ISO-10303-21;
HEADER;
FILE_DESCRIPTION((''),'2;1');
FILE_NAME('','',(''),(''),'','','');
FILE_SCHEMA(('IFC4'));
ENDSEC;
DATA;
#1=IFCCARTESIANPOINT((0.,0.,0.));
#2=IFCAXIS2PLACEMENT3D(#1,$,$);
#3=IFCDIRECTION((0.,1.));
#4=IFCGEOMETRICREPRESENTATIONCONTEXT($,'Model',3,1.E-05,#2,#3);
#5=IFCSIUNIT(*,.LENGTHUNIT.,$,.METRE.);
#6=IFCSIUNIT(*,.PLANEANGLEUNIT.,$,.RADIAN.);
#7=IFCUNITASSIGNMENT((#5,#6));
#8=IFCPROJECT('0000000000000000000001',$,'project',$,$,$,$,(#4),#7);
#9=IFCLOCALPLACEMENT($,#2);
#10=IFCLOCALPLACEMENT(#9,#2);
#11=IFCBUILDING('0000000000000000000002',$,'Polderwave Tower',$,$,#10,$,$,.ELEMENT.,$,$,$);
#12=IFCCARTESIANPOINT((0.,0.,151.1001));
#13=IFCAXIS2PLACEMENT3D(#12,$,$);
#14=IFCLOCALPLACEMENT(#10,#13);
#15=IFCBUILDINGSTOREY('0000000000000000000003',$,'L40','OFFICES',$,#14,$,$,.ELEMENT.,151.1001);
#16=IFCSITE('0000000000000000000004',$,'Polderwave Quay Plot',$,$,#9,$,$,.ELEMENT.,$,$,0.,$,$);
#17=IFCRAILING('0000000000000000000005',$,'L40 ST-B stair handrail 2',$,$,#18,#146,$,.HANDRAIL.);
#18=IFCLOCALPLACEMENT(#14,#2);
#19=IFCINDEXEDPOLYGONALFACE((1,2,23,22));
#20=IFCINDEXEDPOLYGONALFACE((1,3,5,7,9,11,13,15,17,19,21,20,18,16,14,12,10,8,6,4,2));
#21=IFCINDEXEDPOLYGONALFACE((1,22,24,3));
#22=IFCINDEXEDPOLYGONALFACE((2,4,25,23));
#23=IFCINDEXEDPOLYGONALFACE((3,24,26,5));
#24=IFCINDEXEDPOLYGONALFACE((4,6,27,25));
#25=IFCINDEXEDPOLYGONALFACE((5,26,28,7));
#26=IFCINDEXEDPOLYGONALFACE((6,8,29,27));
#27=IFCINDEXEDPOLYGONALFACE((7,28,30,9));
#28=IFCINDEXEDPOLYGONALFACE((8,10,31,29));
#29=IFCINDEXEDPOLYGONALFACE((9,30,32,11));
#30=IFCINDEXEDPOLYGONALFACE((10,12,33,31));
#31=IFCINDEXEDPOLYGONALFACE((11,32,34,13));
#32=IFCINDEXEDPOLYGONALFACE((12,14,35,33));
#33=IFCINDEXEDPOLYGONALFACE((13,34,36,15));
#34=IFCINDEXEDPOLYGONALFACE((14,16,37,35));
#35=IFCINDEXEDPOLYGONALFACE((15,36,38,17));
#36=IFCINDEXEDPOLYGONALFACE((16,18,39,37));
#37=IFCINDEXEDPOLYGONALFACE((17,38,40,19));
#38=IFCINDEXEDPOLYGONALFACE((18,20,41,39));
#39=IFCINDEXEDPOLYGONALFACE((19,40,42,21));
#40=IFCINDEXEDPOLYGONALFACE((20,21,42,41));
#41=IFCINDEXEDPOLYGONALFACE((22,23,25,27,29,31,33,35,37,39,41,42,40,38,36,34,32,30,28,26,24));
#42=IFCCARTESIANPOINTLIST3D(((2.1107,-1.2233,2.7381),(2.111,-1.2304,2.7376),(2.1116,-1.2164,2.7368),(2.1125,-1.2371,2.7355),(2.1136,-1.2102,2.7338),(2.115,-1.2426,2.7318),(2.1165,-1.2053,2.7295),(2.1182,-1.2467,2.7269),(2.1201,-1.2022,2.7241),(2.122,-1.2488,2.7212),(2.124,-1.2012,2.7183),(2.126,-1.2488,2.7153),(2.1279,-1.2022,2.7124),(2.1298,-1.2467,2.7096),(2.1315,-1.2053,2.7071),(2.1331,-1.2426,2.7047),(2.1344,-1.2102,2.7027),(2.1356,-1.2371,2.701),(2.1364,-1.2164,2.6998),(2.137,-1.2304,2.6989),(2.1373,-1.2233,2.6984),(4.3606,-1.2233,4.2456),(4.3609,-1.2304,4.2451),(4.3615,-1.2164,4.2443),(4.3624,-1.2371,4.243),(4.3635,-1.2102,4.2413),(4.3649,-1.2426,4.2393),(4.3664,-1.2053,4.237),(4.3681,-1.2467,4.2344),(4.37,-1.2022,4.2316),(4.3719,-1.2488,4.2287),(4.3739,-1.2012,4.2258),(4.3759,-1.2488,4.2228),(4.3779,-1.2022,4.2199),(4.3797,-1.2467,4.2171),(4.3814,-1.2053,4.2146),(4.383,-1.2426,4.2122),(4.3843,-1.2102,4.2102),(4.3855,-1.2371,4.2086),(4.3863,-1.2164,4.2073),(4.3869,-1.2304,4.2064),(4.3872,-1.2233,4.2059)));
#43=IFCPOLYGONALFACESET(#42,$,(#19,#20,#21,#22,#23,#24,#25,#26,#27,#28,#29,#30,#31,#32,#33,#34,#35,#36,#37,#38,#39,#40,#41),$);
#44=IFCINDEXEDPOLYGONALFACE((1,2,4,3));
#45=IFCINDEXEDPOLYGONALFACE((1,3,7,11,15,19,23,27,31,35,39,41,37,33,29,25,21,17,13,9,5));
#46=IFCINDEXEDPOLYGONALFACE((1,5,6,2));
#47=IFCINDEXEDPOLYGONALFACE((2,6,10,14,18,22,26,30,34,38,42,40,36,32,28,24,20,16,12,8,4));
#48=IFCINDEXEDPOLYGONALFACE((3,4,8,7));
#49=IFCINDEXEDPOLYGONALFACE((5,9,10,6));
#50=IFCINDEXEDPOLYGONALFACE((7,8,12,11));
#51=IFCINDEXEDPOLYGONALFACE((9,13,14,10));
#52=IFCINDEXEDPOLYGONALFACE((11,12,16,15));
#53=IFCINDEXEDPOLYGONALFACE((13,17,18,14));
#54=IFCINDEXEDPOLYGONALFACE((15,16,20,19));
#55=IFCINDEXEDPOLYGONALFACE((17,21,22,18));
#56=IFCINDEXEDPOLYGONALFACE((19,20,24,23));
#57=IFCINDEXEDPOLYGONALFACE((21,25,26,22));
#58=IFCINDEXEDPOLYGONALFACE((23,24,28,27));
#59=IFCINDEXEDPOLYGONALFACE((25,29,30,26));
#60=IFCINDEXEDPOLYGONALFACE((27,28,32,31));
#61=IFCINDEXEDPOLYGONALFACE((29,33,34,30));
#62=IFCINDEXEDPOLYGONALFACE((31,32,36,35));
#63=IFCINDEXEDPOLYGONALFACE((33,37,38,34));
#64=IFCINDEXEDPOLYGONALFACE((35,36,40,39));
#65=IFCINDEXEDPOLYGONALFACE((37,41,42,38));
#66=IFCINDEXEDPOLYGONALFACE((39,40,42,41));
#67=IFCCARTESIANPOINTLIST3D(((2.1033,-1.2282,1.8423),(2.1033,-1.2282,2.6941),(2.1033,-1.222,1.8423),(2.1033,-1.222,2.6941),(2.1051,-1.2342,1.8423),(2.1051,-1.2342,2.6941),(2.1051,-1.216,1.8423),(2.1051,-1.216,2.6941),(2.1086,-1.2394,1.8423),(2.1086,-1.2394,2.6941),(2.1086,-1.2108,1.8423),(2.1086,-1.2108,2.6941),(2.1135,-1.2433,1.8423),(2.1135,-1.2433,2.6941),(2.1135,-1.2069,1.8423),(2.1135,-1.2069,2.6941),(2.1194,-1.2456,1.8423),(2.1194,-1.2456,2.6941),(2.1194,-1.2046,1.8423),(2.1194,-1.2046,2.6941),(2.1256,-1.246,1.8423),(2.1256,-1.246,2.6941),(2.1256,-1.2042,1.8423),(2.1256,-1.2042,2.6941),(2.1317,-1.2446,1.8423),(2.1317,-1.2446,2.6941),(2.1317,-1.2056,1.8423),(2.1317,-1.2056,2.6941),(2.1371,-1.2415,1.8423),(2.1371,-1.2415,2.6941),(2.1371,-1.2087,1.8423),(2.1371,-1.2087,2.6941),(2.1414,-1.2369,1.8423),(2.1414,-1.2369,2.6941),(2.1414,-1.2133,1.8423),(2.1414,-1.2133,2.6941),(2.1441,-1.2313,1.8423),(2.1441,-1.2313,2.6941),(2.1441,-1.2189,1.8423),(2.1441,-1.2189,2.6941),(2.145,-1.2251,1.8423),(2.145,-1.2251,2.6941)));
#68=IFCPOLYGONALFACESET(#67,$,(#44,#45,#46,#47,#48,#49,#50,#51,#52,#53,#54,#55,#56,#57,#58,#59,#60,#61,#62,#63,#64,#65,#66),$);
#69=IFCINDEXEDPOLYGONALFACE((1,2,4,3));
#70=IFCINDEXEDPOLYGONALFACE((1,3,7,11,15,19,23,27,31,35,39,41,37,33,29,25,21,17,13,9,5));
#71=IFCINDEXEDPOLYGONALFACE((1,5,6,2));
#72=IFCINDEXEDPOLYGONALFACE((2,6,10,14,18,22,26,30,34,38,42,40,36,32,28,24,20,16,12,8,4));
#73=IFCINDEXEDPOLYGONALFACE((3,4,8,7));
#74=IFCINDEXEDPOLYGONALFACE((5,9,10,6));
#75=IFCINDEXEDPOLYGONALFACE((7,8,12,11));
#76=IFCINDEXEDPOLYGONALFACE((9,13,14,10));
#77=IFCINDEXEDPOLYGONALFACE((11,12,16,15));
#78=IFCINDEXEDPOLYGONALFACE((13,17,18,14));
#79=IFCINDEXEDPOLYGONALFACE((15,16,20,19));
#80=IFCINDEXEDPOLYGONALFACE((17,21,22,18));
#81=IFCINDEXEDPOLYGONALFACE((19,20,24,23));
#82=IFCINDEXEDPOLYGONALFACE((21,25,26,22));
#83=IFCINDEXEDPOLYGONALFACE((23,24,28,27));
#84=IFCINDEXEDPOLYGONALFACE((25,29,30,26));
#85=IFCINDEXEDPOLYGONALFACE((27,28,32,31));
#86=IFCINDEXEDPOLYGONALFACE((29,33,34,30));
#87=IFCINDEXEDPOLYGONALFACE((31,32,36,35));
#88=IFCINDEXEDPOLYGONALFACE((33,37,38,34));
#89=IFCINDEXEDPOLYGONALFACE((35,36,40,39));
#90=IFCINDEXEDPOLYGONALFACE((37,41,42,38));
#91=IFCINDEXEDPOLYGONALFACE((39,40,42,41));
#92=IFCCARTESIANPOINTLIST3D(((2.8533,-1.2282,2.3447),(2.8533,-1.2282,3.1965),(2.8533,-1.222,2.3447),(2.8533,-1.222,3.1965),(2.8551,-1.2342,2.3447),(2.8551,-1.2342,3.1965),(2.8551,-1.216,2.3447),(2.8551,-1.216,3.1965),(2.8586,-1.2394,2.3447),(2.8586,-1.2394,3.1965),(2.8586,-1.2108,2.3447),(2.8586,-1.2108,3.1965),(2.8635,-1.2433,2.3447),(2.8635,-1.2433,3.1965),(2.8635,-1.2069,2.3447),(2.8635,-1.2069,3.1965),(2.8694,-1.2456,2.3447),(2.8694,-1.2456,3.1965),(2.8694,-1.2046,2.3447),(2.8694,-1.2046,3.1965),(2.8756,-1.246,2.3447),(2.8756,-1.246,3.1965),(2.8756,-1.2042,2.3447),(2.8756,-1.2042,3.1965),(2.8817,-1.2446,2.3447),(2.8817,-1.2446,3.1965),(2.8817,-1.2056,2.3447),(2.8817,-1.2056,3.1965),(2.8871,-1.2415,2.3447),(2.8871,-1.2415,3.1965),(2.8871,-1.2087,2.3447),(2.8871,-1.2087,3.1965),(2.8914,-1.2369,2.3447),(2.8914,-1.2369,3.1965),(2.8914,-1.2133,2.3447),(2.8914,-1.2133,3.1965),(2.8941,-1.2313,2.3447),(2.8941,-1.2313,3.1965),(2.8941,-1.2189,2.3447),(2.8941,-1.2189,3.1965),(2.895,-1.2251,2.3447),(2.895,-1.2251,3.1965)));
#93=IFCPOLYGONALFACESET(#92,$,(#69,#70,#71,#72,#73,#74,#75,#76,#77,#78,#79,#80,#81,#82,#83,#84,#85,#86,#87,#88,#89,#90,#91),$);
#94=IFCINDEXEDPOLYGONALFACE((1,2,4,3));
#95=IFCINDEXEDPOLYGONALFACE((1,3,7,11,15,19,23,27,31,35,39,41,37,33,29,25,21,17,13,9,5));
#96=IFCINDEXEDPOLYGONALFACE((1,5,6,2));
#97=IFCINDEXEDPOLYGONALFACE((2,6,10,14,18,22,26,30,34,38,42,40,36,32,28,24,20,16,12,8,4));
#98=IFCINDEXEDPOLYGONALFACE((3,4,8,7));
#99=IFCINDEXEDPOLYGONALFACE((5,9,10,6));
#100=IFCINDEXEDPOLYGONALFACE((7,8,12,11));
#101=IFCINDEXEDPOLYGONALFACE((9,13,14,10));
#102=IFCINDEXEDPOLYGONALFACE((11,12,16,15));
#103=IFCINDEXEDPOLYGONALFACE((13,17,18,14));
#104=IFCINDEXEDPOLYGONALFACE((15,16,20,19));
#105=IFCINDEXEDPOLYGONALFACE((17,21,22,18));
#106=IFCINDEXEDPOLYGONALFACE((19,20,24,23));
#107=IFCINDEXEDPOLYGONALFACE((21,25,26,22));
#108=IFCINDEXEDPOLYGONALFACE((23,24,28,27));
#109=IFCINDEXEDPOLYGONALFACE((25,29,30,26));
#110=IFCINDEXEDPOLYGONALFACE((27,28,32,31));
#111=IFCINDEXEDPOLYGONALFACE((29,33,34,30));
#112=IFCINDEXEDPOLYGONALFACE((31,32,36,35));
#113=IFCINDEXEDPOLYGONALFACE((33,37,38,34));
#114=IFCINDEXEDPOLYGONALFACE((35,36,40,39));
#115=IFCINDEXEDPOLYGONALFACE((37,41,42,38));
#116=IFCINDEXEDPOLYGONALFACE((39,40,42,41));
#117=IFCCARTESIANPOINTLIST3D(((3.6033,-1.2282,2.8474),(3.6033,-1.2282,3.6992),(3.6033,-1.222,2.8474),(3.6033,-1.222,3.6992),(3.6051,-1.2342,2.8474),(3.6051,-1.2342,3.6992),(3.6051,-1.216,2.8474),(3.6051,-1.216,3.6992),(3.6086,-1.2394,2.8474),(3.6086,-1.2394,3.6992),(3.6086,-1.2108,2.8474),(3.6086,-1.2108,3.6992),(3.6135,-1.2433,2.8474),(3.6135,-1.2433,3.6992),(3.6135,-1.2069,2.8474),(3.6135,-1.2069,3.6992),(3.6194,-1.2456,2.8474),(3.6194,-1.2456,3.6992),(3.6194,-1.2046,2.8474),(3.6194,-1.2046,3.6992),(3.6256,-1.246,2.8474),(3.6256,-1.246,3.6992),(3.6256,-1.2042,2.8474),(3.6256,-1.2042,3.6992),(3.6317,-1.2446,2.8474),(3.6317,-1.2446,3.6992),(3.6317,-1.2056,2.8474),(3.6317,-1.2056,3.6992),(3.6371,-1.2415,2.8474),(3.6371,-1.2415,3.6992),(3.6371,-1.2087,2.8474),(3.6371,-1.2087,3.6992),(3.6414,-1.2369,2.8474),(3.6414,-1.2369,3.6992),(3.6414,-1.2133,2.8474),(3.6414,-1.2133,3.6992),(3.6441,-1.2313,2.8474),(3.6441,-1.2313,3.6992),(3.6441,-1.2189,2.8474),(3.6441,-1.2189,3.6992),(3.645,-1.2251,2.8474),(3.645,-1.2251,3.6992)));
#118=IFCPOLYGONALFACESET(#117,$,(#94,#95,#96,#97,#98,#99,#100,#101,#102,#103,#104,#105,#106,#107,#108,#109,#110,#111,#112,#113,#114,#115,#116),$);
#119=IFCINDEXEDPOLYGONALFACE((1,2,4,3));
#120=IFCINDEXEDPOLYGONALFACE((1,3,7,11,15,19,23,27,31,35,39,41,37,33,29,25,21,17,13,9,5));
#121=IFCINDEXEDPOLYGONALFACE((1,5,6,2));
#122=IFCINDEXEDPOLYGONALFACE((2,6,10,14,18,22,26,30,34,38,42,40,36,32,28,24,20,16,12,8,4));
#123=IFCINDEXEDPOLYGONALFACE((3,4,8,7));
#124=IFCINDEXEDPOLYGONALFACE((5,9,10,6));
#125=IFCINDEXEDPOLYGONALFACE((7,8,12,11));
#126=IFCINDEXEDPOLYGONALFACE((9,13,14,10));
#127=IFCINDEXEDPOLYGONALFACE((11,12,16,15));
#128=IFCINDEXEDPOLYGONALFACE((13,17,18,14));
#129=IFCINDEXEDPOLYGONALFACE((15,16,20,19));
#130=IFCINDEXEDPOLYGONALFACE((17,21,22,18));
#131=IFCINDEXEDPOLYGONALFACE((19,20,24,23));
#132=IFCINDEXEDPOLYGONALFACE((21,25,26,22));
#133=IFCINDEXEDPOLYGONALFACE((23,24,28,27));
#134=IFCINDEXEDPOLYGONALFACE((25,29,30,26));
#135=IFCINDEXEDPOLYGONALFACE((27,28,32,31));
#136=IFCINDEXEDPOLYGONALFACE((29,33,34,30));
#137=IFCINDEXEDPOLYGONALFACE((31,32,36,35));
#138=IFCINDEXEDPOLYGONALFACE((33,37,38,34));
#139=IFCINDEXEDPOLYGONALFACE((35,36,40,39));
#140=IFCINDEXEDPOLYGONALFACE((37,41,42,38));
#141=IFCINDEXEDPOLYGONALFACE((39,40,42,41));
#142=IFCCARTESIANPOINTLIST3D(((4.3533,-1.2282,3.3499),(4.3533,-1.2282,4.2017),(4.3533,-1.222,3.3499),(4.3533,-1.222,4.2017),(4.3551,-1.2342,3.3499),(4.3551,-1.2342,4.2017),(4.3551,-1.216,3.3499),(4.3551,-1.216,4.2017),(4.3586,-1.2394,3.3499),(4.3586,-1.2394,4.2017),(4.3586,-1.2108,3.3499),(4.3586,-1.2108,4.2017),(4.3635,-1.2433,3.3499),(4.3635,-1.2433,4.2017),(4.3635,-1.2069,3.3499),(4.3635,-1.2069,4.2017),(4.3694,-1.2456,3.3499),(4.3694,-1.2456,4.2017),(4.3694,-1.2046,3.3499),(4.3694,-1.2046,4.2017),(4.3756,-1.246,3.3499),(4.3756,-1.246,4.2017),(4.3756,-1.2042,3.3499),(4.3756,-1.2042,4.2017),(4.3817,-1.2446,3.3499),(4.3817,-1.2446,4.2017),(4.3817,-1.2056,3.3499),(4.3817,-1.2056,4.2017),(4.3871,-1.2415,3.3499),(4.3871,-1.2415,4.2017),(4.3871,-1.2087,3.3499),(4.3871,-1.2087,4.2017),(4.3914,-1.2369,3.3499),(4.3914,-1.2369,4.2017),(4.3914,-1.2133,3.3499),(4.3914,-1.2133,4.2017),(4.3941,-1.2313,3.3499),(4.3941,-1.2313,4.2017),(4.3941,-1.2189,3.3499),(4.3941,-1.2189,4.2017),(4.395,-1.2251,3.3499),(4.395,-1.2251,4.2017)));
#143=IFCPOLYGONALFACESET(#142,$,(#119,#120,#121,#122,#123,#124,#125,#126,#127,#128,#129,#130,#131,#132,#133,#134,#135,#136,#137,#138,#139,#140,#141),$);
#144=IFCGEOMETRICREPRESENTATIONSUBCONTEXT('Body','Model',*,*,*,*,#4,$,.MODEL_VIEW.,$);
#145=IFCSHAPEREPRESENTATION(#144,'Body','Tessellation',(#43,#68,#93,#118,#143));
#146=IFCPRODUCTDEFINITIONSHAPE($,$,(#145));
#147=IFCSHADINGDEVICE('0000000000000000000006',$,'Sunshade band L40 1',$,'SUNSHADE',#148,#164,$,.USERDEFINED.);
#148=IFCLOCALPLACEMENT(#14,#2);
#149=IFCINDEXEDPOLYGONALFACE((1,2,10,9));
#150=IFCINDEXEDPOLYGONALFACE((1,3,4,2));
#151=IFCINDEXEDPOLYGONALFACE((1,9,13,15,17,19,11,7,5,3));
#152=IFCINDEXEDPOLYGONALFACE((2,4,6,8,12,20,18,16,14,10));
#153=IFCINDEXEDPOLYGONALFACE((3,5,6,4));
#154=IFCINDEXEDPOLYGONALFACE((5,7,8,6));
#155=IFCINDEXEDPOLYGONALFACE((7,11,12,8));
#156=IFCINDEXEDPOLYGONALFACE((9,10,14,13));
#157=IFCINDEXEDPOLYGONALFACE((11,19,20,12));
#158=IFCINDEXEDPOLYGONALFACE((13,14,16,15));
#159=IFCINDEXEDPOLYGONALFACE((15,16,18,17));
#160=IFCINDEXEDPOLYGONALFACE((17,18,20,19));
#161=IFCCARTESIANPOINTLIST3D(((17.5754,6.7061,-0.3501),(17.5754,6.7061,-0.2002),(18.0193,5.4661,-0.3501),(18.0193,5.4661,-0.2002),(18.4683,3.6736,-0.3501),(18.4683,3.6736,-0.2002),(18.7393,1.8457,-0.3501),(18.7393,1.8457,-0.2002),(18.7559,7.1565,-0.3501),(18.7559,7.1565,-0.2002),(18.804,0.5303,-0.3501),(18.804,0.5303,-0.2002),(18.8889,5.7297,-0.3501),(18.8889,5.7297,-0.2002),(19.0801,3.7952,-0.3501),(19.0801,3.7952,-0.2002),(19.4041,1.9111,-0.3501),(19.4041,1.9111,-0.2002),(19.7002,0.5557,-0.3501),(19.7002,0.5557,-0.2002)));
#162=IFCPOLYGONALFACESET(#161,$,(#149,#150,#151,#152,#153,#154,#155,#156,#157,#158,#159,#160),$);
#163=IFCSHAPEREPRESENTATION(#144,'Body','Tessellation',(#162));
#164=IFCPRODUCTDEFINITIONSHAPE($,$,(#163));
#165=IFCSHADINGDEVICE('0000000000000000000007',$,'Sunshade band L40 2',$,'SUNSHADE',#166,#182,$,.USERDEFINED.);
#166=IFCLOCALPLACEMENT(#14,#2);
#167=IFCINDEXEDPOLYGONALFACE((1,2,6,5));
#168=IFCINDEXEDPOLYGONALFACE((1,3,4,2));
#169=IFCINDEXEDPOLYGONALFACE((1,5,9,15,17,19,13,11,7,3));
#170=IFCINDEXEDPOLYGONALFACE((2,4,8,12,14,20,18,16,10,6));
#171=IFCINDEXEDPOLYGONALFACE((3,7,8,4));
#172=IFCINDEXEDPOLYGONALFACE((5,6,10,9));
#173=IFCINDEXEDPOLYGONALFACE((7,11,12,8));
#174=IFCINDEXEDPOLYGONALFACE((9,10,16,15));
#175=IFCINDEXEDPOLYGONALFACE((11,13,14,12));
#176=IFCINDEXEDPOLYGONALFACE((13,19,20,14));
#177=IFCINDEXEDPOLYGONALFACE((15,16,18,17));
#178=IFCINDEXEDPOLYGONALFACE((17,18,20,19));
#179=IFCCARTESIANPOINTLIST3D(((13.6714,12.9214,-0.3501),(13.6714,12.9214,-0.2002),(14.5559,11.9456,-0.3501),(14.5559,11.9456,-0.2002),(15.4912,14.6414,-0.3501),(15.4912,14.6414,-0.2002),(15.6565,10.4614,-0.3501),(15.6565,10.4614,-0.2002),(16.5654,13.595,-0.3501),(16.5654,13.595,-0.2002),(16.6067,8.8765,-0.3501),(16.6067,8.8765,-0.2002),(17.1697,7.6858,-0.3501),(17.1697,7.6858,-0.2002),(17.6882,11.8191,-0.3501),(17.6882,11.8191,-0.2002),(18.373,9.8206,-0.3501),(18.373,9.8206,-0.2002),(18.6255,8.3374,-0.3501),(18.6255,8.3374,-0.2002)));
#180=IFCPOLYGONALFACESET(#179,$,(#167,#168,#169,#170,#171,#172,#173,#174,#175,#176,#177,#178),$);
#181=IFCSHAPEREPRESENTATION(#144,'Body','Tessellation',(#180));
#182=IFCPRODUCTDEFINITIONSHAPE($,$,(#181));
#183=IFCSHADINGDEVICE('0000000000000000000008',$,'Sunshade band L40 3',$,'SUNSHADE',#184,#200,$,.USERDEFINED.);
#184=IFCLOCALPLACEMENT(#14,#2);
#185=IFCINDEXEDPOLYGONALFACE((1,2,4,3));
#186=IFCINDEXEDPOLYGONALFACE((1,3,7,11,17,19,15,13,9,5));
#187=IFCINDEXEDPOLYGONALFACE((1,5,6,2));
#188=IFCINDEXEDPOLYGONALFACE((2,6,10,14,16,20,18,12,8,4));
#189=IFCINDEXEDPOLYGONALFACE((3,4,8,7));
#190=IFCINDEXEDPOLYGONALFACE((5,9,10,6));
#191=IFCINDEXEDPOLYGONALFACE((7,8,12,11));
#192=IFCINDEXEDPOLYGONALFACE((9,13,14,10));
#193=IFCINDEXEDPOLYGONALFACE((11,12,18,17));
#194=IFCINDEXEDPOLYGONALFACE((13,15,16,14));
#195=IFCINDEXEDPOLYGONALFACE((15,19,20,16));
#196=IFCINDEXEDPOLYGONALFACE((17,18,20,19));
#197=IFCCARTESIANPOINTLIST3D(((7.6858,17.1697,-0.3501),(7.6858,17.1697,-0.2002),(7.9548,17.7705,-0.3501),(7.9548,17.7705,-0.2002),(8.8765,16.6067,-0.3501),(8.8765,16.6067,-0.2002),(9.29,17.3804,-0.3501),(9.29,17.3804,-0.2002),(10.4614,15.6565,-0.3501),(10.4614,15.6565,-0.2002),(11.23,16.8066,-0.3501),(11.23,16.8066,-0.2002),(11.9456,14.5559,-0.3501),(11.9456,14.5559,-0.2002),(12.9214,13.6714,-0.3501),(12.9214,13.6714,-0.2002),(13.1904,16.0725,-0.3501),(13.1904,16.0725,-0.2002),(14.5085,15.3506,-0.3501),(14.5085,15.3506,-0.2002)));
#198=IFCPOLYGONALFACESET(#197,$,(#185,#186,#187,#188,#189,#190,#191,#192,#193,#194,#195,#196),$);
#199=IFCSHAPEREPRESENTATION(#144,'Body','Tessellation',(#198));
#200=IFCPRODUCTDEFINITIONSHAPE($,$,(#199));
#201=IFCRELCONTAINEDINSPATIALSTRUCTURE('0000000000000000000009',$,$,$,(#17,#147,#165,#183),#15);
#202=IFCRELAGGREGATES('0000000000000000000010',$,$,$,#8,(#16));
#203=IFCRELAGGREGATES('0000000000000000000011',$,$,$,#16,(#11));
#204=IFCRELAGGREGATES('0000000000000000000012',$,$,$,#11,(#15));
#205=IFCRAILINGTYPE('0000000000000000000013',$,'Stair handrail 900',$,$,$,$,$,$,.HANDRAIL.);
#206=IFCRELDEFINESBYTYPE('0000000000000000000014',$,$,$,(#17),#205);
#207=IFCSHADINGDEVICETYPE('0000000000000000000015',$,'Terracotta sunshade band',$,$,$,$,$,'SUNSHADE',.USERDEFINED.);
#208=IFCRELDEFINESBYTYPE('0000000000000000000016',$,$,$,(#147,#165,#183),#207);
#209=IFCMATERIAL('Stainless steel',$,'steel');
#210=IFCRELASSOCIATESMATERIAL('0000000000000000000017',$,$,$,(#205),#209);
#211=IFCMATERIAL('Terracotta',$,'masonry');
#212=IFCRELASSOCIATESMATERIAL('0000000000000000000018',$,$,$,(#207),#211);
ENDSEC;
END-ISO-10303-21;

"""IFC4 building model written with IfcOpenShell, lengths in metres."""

from ifc_helpers import new_model, si_unit, direction, frame, origin, origin_2d, place, context, subcontext, project, spatial, polyline, circle, outline, extrude, material, type_object, element, save


model = new_model("IFC4")

# Units and contexts
model_context = context("Model", 3, precision=1e-05, world=origin(), true_north=direction((0.0, 1.0)))
body_context = subcontext(model_context, "Body", "Model", "MODEL_VIEW")
ifc_project = project(units=[si_unit("LENGTHUNIT", "METRE"), si_unit("PLANEANGLEUNIT", "RADIAN")], contexts=[model_context])

# Site, building, storey
site_placement = place(None, origin())
site = spatial("IfcSite", under=ifc_project, at=site_placement, Name="Polderwave Quay Plot", CompositionType="ELEMENT", RefElevation=0.0)
building_placement = place(site_placement, origin())
building = spatial("IfcBuilding", under=site, at=building_placement, Name="Polderwave Tower", CompositionType="ELEMENT")
storey_placement = place(building_placement, frame((0.0, 0.0, 151.1001)))
storey = spatial("IfcBuildingStorey", under=building, at=storey_placement, Name="L40", Description="OFFICES", CompositionType="ELEMENT", Elevation=151.1001)

# Railing
ifc_material_1 = material(Name="Stainless steel", Category="steel")
railing_type_1 = type_object("IfcRailingType", Name="Stair handrail 900", PredefinedType="HANDRAIL", material=ifc_material_1)
railing_1_placement = place(storey_placement, frame((2.124, -1.2251, 1.8423)))
element("IfcRailing", 1, at=railing_1_placement, inside=storey, type_object=railing_type_1, Name="L40 ST-B stair handrail 2", PredefinedType="HANDRAIL", context=body_context, shape_type="SweptSolid", body=[
    extrude(circle(Radius=0.0239, at=origin_2d()), frame((0.0, 0.0, 0.876), z_axis=(0.830758, 0.0, 0.556633), x_axis=(0.0, 1.0, 0.0)), (0.0, 0.0, 1.0), 2.7083),
    extrude(circle(Radius=0.021, at=origin_2d()), origin(), (0.0, 0.0, 1.0), 0.8518),
    extrude(circle(Radius=0.021, at=origin_2d()), frame((0.75, 0.0, 0.5024)), (0.0, 0.0, 1.0), 0.8518),
    extrude(circle(Radius=0.021, at=origin_2d()), frame((1.5, 0.0, 1.0051)), (0.0, 0.0, 1.0), 0.8518),
    extrude(circle(Radius=0.021, at=origin_2d()), frame((2.25, 0.0, 1.5076)), (0.0, 0.0, 1.0), 0.8518),
])

# Shading devices
ifc_material_2 = material(Name="Terracotta", Category="masonry")
shading_device_type = type_object("IfcShadingDeviceType", Name="Terracotta sunshade band", ElementType="SUNSHADE", PredefinedType="USERDEFINED", material=ifc_material_2)
shading_device_1_placement = place(storey_placement, frame((0.0, 0.0, -0.3501)))
element("IfcShadingDevice", 2, at=shading_device_1_placement, inside=storey, type_object=shading_device_type, Name="Sunshade band L40 1", ObjectType="SUNSHADE", PredefinedType="USERDEFINED", context=body_context, shape_type="SweptSolid", body=[
    extrude(outline(polyline([(18.804, 0.5303), (18.7393, 1.8457), (18.4683, 3.6736), (18.0193, 5.4661), (17.5754, 6.7061), (18.7559, 7.1565), (18.8889, 5.7297), (19.0801, 3.7952), (19.4041, 1.9111), (19.7002, 0.5557), (18.804, 0.5303)])), origin(), (0.0, 0.0, 1.0), 0.1499),
])
shading_device_2_placement = place(storey_placement, frame((0.0, 0.0, -0.3501)))
element("IfcShadingDevice", 3, at=shading_device_2_placement, inside=storey, type_object=shading_device_type, Name="Sunshade band L40 2", ObjectType="SUNSHADE", PredefinedType="USERDEFINED", context=body_context, shape_type="SweptSolid", body=[
    extrude(outline(polyline([(17.1697, 7.6858), (16.6067, 8.8765), (15.6565, 10.4614), (14.5559, 11.9456), (13.6714, 12.9214), (15.4912, 14.6414), (16.5654, 13.595), (17.6882, 11.8191), (18.373, 9.8206), (18.6255, 8.3374), (17.1697, 7.6858)])), origin(), (0.0, 0.0, 1.0), 0.1499),
])
shading_device_3_placement = place(storey_placement, frame((0.0, 0.0, -0.3501)))
element("IfcShadingDevice", 4, at=shading_device_3_placement, inside=storey, type_object=shading_device_type, Name="Sunshade band L40 3", ObjectType="SUNSHADE", PredefinedType="USERDEFINED", context=body_context, shape_type="SweptSolid", body=[
    extrude(outline(polyline([(12.9214, 13.6714), (11.9456, 14.5559), (10.4614, 15.6565), (8.8765, 16.6067), (7.6858, 17.1697), (7.9548, 17.7705), (9.29, 17.3804), (11.23, 16.8066), (13.1904, 16.0725), (14.5085, 15.3506), (12.9214, 13.6714)])), origin(), (0.0, 0.0, 1.0), 0.1499),
])

save(model, "model.ifc")
